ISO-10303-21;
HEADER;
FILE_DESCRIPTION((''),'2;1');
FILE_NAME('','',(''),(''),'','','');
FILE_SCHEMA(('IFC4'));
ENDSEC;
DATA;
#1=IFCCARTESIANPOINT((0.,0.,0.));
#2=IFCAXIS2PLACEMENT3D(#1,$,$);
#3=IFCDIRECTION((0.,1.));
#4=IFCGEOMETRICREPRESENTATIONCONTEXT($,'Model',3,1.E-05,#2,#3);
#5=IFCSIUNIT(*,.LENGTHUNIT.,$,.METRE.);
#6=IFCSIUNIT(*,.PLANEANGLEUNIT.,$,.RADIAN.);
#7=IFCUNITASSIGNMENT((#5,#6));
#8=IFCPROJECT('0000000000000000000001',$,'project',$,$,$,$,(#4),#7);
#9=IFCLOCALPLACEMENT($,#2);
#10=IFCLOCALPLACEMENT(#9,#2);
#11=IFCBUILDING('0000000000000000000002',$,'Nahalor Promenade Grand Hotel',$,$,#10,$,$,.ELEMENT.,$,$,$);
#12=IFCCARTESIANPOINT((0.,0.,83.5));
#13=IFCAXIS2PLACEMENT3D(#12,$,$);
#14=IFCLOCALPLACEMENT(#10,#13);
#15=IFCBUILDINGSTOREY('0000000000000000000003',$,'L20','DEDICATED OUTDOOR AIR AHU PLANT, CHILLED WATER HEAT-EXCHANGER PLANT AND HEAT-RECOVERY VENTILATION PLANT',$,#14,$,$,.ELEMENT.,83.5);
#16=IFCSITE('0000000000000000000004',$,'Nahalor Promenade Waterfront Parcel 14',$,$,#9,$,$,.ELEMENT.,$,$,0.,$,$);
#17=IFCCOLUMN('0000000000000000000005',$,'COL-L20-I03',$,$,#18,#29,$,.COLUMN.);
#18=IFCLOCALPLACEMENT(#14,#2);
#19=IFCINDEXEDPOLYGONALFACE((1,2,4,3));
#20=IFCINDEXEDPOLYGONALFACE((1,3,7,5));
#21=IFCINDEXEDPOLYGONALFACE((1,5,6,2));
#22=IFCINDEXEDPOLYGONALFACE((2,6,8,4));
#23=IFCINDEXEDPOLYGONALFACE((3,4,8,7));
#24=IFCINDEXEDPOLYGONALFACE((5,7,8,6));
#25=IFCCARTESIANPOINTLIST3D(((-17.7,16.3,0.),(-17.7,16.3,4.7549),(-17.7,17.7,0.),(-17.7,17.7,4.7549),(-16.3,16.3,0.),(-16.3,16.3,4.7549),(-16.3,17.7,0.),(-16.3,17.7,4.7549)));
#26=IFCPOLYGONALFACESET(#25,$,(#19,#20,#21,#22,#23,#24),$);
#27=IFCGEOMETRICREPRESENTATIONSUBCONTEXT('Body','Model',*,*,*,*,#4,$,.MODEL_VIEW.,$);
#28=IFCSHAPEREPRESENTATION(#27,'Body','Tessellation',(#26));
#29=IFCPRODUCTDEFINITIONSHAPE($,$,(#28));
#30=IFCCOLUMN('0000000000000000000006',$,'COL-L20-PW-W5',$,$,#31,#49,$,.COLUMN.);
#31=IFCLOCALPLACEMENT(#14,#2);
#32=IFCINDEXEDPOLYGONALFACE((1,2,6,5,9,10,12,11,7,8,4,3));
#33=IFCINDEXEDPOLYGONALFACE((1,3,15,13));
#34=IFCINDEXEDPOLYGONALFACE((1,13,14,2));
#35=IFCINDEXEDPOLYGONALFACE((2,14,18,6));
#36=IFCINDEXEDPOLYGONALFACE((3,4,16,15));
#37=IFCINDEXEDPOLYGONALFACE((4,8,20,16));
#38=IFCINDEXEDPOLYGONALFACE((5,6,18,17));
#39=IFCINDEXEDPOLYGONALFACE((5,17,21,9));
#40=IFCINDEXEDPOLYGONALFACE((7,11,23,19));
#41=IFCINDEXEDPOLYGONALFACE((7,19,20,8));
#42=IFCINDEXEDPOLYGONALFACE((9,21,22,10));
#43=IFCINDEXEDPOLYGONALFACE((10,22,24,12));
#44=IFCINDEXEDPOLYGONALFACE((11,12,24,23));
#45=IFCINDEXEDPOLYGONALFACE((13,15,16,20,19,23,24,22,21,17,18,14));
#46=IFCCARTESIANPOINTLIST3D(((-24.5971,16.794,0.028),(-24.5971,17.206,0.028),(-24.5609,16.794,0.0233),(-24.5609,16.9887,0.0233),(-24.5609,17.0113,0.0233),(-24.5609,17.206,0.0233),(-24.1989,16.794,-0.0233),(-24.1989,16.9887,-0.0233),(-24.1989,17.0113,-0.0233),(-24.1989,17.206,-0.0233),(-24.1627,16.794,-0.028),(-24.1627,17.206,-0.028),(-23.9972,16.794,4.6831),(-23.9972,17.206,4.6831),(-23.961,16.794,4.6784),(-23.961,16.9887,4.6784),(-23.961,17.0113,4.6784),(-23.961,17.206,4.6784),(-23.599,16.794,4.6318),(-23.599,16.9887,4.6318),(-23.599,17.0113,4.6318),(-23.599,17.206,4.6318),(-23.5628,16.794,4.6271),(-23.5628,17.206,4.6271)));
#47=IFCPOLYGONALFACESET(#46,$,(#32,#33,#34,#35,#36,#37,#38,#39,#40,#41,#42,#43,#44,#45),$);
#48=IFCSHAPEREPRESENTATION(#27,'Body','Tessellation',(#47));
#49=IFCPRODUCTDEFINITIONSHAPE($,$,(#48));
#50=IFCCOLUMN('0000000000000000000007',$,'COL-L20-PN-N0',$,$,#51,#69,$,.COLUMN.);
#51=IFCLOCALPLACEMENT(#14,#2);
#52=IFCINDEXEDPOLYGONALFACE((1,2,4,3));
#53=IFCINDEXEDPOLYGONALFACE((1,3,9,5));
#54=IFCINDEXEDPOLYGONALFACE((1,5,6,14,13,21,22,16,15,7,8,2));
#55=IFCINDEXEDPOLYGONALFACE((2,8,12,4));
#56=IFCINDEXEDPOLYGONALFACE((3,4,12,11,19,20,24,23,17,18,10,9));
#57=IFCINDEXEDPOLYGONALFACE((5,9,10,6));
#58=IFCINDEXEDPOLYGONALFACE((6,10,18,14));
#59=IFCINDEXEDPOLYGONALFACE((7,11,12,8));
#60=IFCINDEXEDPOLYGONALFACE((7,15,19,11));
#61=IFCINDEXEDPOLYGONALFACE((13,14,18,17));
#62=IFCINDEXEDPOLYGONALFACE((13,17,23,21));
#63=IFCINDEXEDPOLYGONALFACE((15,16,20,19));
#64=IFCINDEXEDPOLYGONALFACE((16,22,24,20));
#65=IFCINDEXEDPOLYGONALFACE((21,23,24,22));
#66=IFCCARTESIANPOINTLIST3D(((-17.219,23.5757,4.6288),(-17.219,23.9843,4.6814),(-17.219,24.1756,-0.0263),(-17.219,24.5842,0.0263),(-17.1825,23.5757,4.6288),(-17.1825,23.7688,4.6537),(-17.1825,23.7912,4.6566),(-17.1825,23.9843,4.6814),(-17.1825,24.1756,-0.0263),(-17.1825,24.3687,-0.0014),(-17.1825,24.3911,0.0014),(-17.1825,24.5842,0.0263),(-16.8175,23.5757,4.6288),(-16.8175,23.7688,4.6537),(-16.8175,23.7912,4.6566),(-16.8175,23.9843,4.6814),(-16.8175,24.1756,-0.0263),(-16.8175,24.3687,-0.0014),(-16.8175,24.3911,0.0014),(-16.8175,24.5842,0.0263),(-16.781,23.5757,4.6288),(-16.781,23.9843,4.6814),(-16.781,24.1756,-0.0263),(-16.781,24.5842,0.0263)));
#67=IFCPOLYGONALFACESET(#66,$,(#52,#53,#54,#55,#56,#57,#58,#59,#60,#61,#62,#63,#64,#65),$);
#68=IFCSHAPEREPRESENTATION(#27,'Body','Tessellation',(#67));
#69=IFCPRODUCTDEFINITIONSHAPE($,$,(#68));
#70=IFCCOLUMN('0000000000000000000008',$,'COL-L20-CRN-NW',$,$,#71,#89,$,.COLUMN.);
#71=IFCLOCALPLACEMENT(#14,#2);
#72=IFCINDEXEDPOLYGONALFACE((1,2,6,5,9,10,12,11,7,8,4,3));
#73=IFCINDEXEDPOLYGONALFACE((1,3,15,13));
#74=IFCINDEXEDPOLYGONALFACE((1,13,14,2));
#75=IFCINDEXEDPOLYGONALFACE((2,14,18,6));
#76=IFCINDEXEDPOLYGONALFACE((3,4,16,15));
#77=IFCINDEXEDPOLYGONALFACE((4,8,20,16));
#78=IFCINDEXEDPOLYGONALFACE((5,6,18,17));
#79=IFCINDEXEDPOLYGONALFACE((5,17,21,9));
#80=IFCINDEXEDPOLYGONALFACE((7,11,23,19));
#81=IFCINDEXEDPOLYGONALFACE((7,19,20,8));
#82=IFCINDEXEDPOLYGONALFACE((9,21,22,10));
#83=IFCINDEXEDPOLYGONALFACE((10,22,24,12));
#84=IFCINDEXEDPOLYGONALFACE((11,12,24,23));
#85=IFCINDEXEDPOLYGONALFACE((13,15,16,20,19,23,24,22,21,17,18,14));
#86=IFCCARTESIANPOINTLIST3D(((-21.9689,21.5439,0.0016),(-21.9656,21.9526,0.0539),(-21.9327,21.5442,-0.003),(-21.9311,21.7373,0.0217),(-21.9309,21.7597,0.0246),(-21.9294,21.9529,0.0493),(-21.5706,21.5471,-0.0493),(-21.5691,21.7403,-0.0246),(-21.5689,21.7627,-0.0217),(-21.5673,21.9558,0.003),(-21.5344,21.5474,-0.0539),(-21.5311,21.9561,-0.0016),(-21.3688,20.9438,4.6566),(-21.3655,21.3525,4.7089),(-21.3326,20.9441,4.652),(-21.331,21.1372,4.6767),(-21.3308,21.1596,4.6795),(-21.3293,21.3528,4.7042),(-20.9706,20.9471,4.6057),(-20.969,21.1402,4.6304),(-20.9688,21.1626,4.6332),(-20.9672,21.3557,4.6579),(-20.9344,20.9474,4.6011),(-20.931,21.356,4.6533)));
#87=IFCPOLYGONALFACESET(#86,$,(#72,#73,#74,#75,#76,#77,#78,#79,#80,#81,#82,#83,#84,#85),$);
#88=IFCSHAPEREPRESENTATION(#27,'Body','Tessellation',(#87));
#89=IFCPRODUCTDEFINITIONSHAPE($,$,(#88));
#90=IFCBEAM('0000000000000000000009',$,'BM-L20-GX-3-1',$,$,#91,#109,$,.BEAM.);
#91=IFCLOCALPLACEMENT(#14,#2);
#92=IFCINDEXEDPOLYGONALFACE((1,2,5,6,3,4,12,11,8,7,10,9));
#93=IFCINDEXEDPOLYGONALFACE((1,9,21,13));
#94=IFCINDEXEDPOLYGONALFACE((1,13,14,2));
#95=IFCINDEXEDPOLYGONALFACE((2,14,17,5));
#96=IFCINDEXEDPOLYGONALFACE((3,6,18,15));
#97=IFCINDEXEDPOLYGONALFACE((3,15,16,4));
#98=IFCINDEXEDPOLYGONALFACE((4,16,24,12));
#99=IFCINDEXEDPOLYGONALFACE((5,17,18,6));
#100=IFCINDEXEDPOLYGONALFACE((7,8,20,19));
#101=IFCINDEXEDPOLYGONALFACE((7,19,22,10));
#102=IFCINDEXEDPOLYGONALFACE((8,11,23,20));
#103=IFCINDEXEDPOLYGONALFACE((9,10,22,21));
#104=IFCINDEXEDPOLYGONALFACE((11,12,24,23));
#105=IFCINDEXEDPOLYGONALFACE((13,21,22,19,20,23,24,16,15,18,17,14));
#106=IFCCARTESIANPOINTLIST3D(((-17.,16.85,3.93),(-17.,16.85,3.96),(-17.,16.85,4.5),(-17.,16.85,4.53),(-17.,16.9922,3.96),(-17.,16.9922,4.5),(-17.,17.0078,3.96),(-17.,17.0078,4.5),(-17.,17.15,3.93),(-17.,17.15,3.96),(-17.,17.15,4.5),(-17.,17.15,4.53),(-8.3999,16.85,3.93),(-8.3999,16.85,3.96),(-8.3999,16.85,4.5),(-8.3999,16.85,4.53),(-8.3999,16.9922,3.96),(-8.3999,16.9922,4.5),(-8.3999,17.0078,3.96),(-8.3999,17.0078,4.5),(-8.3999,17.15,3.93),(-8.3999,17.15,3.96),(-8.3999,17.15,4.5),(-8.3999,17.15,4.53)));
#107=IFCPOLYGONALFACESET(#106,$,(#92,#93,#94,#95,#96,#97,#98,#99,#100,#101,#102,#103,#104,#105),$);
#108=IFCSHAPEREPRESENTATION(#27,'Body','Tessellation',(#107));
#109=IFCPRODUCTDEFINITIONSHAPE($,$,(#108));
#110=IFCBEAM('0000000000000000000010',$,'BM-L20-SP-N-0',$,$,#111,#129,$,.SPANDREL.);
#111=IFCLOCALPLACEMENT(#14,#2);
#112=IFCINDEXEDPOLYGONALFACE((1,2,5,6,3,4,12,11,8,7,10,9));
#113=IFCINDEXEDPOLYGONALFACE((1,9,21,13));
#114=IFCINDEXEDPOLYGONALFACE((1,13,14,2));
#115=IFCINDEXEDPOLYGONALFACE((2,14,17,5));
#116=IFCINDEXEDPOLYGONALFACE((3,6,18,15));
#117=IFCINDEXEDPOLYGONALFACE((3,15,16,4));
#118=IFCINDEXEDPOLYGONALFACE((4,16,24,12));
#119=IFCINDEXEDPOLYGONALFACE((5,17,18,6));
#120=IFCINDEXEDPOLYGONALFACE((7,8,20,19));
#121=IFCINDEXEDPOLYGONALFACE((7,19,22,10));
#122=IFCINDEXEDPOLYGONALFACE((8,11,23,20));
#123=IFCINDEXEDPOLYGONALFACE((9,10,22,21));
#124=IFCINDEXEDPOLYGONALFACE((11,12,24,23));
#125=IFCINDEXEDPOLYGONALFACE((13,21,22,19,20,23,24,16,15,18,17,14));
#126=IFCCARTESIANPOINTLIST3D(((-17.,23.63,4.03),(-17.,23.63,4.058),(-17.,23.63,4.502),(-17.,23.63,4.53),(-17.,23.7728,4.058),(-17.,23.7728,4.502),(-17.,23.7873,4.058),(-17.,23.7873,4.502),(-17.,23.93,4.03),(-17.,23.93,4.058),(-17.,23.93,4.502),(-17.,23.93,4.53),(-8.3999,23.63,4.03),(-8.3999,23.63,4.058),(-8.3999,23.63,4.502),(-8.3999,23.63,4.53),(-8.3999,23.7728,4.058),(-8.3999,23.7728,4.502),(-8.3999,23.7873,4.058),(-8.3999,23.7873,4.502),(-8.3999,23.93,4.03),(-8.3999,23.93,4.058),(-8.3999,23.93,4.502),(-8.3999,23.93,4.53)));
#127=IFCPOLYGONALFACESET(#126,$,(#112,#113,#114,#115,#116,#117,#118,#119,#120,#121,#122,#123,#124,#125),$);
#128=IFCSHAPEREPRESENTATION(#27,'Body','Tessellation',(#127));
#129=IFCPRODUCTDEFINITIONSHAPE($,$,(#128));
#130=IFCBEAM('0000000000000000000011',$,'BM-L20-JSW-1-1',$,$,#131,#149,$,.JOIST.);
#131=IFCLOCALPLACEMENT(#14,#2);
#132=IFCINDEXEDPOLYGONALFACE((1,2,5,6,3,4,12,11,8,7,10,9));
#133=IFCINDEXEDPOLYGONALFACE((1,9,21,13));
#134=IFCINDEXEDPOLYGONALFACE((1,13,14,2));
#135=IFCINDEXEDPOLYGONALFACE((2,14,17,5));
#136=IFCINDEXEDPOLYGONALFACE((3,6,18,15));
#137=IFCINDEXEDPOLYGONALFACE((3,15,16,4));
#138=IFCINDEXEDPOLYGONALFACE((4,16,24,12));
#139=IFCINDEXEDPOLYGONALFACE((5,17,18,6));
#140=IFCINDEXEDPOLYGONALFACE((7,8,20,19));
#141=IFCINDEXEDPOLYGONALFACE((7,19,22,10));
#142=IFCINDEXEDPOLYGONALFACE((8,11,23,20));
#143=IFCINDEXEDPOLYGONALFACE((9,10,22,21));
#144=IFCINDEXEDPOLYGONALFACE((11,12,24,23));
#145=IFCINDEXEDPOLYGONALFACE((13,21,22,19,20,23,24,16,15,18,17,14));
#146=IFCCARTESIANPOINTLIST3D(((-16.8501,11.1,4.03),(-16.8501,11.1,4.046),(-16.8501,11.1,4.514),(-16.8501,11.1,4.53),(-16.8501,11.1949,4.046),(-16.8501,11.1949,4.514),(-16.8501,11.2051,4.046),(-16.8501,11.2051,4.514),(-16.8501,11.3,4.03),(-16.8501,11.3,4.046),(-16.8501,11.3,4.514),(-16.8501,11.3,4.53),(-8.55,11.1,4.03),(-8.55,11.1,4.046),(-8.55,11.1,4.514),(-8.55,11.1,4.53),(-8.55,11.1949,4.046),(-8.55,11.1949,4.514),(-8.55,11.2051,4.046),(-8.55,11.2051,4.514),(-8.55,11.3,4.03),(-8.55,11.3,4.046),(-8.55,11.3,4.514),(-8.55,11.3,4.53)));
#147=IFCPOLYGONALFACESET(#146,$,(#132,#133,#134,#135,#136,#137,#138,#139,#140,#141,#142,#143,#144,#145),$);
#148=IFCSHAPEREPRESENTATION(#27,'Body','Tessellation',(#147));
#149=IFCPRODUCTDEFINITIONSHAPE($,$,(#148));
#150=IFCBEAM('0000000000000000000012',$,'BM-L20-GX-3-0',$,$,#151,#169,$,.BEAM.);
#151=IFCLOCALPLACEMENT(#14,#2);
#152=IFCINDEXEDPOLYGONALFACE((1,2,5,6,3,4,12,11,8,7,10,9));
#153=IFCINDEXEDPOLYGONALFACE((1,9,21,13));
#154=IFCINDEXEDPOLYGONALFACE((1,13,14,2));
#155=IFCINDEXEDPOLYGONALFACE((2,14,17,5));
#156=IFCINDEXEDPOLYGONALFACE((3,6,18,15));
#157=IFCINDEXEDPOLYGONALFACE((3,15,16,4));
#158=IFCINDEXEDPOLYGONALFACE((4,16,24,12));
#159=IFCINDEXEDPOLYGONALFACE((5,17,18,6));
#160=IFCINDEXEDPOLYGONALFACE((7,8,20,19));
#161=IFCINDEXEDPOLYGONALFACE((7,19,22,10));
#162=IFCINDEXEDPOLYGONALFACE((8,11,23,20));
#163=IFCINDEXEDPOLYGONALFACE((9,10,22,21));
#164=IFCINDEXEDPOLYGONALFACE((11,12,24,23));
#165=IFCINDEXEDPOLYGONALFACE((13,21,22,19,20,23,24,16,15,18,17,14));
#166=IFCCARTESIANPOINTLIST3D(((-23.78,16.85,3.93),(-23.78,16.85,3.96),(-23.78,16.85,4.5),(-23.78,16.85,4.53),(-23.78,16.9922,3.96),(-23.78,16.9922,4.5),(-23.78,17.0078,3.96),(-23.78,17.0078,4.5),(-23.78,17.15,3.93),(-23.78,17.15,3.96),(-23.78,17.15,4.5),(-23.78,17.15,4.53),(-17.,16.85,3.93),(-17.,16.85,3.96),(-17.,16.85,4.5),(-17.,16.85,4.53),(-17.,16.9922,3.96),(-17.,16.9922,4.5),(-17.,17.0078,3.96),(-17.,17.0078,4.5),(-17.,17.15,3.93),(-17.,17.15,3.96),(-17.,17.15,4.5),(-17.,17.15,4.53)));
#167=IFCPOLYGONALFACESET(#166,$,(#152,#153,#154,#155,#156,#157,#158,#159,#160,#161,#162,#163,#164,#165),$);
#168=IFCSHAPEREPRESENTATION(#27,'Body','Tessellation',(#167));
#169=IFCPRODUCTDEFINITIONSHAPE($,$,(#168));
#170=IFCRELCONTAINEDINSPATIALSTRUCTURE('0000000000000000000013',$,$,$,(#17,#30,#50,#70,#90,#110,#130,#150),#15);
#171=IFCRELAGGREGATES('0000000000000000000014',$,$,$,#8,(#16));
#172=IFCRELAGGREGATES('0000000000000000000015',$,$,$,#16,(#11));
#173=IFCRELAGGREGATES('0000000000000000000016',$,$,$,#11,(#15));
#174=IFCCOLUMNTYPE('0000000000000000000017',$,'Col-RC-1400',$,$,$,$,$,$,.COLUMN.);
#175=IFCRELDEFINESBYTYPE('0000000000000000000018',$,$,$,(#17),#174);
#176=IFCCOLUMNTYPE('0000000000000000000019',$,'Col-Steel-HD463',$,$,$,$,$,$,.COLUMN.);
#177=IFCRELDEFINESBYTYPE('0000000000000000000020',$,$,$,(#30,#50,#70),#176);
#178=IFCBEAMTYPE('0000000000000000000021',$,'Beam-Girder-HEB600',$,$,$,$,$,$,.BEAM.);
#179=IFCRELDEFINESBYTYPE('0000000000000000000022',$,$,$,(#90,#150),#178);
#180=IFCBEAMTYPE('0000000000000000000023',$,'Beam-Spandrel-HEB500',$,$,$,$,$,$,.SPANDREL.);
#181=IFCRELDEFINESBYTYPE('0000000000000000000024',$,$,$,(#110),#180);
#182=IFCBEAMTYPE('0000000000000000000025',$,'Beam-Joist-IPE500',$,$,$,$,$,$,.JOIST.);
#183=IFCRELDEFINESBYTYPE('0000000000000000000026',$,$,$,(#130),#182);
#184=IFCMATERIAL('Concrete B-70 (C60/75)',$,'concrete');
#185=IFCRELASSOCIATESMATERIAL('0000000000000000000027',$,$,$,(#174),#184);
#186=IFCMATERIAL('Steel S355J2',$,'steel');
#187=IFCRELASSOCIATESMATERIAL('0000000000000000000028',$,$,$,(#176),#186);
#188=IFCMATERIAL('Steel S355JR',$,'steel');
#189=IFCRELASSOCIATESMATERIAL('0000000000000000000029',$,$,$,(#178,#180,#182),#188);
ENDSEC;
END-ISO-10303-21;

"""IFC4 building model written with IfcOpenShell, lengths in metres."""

from ifc_helpers import new_model, si_unit, direction, frame, origin, origin_2d, place, context, subcontext, project, spatial, rectangle, i_section, extrude, source, transform, mapped, material, material_profile, profile_set, type_object, element, save


model = new_model("IFC4")

# Units and contexts
model_context = context("Model", 3, precision=1e-05, world=origin(), true_north=direction((0.0, 1.0)))
body_context = subcontext(model_context, "Body", "Model", "MODEL_VIEW")
ifc_project = project(units=[si_unit("LENGTHUNIT", "METRE"), si_unit("PLANEANGLEUNIT", "RADIAN")], contexts=[model_context])

# Site, building, storey
site_placement = place(None, origin())
site = spatial("IfcSite", under=ifc_project, at=site_placement, Name="Nahalor Promenade Waterfront Parcel 14", CompositionType="ELEMENT", RefElevation=0.0)
building_placement = place(site_placement, origin())
building = spatial("IfcBuilding", under=site, at=building_placement, Name="Nahalor Promenade Grand Hotel", CompositionType="ELEMENT")
storey_placement = place(building_placement, frame((0.0, 0.0, 83.5)))
storey = spatial("IfcBuildingStorey", under=building, at=storey_placement, Name="L20", Description="DEDICATED OUTDOOR AIR AHU PLANT, CHILLED WATER HEAT-EXCHANGER PLANT AND HEAT-RECOVERY VENTILATION PLANT", CompositionType="ELEMENT", Elevation=83.5)

# Columns
ifc_material_1 = material(Name="Concrete B-70 (C60/75)", Category="concrete")
ifc_material_profile_1 = material_profile(ifc_material_1, rectangle(XDim=1.4, YDim=1.4, at=origin_2d()), Name="RC 1400x1400")
ifc_profile_set_1 = profile_set([ifc_material_profile_1], Name="Concrete B-70 (C60/75)")
column_type_1 = type_object("IfcColumnType", Name="Col-RC-1400", PredefinedType="COLUMN", material=ifc_profile_set_1)
shared_shape_1 = source(origin(), body_context, "Body", "SweptSolid", [
    extrude(rectangle(XDim=1.4, YDim=1.4, at=origin_2d()), origin(), (0.0, 0.0, 1.0), 4.7549),
])
column_1_placement = place(storey_placement, frame((-17.0, 17.0, 0.0), z_axis=(0.0, 0.0, 1.0), x_axis=(1.0, 0.0, 0.0)))
element("IfcColumn", 1, at=column_1_placement, inside=storey, type_object=column_type_1, Name="COL-L20-I03", PredefinedType="COLUMN", context=body_context, shape_type="MappedRepresentation", body=[
    mapped(shared_shape_1, transform((0.0, 0.0, 0.0), scale=1.0)),
])
ifc_material_2 = material(Name="Steel S355J2", Category="steel")
ifc_material_profile_2 = material_profile(ifc_material_2, i_section(OverallWidth=0.412, OverallDepth=0.438, WebThickness=0.0226, FlangeThickness=0.0365, at=origin_2d()), Name="HD 400x463")
ifc_profile_set_2 = profile_set([ifc_material_profile_2], Name="Steel S355J2")
column_type_2 = type_object("IfcColumnType", Name="Col-Steel-HD463", PredefinedType="COLUMN", material=ifc_profile_set_2)
shared_shape_2 = source(origin(), body_context, "Body", "SweptSolid", [
    extrude(i_section(OverallWidth=0.412, OverallDepth=0.438, WebThickness=0.0226, FlangeThickness=0.0365, at=origin_2d()), origin(), (0.0, 0.0, 1.0), 4.6936),
])
for number, where, z_axis, x_axis, name in (
    (2, (-24.3799, 17.0, 0.0), (0.127805, 0.0, 0.991799), (0.0, 1.0, 0.0), "COL-L20-PW-W5"),
    (3, (-17.0, 24.3799, 0.0), (0.0, -0.127805, 0.991799), (0.0, 0.991799, 0.127805), "COL-L20-PN-N0"),
):
    element("IfcColumn", number, at=place(storey_placement, frame(where, z_axis=z_axis, x_axis=x_axis)), inside=storey, type_object=column_type_2, Name=name, PredefinedType="COLUMN", context=body_context, shape_type="MappedRepresentation", body=[
        mapped(shared_shape_2, transform((0.0, 0.0, 0.0), scale=1.0)),
    ])
shared_shape_3 = source(origin(), body_context, "Body", "SweptSolid", [
    extrude(i_section(OverallWidth=0.412, OverallDepth=0.438, WebThickness=0.0226, FlangeThickness=0.0365, at=origin_2d()), origin(), (0.0, 0.0, 1.0), 4.7317),
])
column_2_placement = place(storey_placement, frame((-21.75, 21.75, 0.0), z_axis=(0.126823, -0.126823, 0.983784), x_axis=(0.008108, 0.991892, 0.126823)))
element("IfcColumn", 4, at=column_2_placement, inside=storey, type_object=column_type_2, Name="COL-L20-CRN-NW", PredefinedType="COLUMN", context=body_context, shape_type="MappedRepresentation", body=[
    mapped(shared_shape_3, transform((0.0, 0.0, 0.0), scale=1.0)),
])

# Beams
ifc_material_3 = material(Name="Steel S355JR", Category="steel")
ifc_material_profile_3 = material_profile(ifc_material_3, i_section(OverallWidth=0.3, OverallDepth=0.6, WebThickness=0.0155, FlangeThickness=0.03, at=origin_2d()), Name="HEB 600")
ifc_profile_set_3 = profile_set([ifc_material_profile_3], Name="Steel S355JR")
beam_type_1 = type_object("IfcBeamType", Name="Beam-Girder-HEB600", PredefinedType="BEAM", material=ifc_profile_set_3)
shared_shape_4 = source(origin(), body_context, "Body", "SweptSolid", [
    extrude(i_section(OverallWidth=0.3, OverallDepth=0.6, WebThickness=0.0155, FlangeThickness=0.03, at=origin_2d()), origin(), (0.0, 0.0, 1.0), 8.6001),
])
beam_1_placement = place(storey_placement, frame((-17.0, 17.0, 4.23), z_axis=(1.0, 0.0, 0.0), x_axis=(0.0, 1.0, 0.0)))
element("IfcBeam", 5, at=beam_1_placement, inside=storey, type_object=beam_type_1, Name="BM-L20-GX-3-1", PredefinedType="BEAM", context=body_context, shape_type="MappedRepresentation", body=[
    mapped(shared_shape_4, transform((0.0, 0.0, 0.0), scale=1.0)),
])
ifc_material_profile_4 = material_profile(ifc_material_3, i_section(OverallWidth=0.3, OverallDepth=0.5, WebThickness=0.0145, FlangeThickness=0.028, at=origin_2d()), Name="HEB 500")
ifc_profile_set_4 = profile_set([ifc_material_profile_4], Name="Steel S355JR")
beam_type_2 = type_object("IfcBeamType", Name="Beam-Spandrel-HEB500", PredefinedType="SPANDREL", material=ifc_profile_set_4)
shared_shape_5 = source(origin(), body_context, "Body", "SweptSolid", [
    extrude(i_section(OverallWidth=0.3, OverallDepth=0.5, WebThickness=0.0145, FlangeThickness=0.028, at=origin_2d()), origin(), (0.0, 0.0, 1.0), 8.6001),
])
beam_2_placement = place(storey_placement, frame((-17.0, 23.78, 4.28), z_axis=(1.0, 0.0, 0.0), x_axis=(0.0, 1.0, 0.0)))
element("IfcBeam", 6, at=beam_2_placement, inside=storey, type_object=beam_type_2, Name="BM-L20-SP-N-0", PredefinedType="SPANDREL", context=body_context, shape_type="MappedRepresentation", body=[
    mapped(shared_shape_5, transform((0.0, 0.0, 0.0), scale=1.0)),
])
ifc_material_profile_5 = material_profile(ifc_material_3, i_section(OverallWidth=0.2, OverallDepth=0.5, WebThickness=0.0102, FlangeThickness=0.016, at=origin_2d()), Name="IPE 500")
ifc_profile_set_5 = profile_set([ifc_material_profile_5], Name="Steel S355JR")
beam_type_3 = type_object("IfcBeamType", Name="Beam-Joist-IPE500", PredefinedType="JOIST", material=ifc_profile_set_5)
shared_shape_6 = source(origin(), body_context, "Body", "SweptSolid", [
    extrude(i_section(OverallWidth=0.2, OverallDepth=0.5, WebThickness=0.0102, FlangeThickness=0.016, at=origin_2d()), origin(), (0.0, 0.0, 1.0), 8.3),
])
beam_3_placement = place(storey_placement, frame((-16.8501, 11.2, 4.28), z_axis=(1.0, 0.0, 0.0), x_axis=(0.0, 1.0, 0.0)))
element("IfcBeam", 7, at=beam_3_placement, inside=storey, type_object=beam_type_3, Name="BM-L20-JSW-1-1", PredefinedType="JOIST", context=body_context, shape_type="MappedRepresentation", body=[
    mapped(shared_shape_6, transform((0.0, 0.0, 0.0), scale=1.0)),
])
shared_shape_7 = source(origin(), body_context, "Body", "SweptSolid", [
    extrude(i_section(OverallWidth=0.3, OverallDepth=0.6, WebThickness=0.0155, FlangeThickness=0.03, at=origin_2d()), origin(), (0.0, 0.0, 1.0), 6.78),
])
for number, where, z_axis, x_axis, name in (
    (8, (-23.78, 17.0, 4.23), (1.0, 0.0, 0.0), (0.0, 1.0, 0.0), "BM-L20-GX-3-0"),
):
    element("IfcBeam", number, at=place(storey_placement, frame(where, z_axis=z_axis, x_axis=x_axis)), inside=storey, type_object=beam_type_1, Name=name, PredefinedType="BEAM", context=body_context, shape_type="MappedRepresentation", body=[
        mapped(shared_shape_7, transform((0.0, 0.0, 0.0), scale=1.0)),
    ])

save(model, "model.ifc")
